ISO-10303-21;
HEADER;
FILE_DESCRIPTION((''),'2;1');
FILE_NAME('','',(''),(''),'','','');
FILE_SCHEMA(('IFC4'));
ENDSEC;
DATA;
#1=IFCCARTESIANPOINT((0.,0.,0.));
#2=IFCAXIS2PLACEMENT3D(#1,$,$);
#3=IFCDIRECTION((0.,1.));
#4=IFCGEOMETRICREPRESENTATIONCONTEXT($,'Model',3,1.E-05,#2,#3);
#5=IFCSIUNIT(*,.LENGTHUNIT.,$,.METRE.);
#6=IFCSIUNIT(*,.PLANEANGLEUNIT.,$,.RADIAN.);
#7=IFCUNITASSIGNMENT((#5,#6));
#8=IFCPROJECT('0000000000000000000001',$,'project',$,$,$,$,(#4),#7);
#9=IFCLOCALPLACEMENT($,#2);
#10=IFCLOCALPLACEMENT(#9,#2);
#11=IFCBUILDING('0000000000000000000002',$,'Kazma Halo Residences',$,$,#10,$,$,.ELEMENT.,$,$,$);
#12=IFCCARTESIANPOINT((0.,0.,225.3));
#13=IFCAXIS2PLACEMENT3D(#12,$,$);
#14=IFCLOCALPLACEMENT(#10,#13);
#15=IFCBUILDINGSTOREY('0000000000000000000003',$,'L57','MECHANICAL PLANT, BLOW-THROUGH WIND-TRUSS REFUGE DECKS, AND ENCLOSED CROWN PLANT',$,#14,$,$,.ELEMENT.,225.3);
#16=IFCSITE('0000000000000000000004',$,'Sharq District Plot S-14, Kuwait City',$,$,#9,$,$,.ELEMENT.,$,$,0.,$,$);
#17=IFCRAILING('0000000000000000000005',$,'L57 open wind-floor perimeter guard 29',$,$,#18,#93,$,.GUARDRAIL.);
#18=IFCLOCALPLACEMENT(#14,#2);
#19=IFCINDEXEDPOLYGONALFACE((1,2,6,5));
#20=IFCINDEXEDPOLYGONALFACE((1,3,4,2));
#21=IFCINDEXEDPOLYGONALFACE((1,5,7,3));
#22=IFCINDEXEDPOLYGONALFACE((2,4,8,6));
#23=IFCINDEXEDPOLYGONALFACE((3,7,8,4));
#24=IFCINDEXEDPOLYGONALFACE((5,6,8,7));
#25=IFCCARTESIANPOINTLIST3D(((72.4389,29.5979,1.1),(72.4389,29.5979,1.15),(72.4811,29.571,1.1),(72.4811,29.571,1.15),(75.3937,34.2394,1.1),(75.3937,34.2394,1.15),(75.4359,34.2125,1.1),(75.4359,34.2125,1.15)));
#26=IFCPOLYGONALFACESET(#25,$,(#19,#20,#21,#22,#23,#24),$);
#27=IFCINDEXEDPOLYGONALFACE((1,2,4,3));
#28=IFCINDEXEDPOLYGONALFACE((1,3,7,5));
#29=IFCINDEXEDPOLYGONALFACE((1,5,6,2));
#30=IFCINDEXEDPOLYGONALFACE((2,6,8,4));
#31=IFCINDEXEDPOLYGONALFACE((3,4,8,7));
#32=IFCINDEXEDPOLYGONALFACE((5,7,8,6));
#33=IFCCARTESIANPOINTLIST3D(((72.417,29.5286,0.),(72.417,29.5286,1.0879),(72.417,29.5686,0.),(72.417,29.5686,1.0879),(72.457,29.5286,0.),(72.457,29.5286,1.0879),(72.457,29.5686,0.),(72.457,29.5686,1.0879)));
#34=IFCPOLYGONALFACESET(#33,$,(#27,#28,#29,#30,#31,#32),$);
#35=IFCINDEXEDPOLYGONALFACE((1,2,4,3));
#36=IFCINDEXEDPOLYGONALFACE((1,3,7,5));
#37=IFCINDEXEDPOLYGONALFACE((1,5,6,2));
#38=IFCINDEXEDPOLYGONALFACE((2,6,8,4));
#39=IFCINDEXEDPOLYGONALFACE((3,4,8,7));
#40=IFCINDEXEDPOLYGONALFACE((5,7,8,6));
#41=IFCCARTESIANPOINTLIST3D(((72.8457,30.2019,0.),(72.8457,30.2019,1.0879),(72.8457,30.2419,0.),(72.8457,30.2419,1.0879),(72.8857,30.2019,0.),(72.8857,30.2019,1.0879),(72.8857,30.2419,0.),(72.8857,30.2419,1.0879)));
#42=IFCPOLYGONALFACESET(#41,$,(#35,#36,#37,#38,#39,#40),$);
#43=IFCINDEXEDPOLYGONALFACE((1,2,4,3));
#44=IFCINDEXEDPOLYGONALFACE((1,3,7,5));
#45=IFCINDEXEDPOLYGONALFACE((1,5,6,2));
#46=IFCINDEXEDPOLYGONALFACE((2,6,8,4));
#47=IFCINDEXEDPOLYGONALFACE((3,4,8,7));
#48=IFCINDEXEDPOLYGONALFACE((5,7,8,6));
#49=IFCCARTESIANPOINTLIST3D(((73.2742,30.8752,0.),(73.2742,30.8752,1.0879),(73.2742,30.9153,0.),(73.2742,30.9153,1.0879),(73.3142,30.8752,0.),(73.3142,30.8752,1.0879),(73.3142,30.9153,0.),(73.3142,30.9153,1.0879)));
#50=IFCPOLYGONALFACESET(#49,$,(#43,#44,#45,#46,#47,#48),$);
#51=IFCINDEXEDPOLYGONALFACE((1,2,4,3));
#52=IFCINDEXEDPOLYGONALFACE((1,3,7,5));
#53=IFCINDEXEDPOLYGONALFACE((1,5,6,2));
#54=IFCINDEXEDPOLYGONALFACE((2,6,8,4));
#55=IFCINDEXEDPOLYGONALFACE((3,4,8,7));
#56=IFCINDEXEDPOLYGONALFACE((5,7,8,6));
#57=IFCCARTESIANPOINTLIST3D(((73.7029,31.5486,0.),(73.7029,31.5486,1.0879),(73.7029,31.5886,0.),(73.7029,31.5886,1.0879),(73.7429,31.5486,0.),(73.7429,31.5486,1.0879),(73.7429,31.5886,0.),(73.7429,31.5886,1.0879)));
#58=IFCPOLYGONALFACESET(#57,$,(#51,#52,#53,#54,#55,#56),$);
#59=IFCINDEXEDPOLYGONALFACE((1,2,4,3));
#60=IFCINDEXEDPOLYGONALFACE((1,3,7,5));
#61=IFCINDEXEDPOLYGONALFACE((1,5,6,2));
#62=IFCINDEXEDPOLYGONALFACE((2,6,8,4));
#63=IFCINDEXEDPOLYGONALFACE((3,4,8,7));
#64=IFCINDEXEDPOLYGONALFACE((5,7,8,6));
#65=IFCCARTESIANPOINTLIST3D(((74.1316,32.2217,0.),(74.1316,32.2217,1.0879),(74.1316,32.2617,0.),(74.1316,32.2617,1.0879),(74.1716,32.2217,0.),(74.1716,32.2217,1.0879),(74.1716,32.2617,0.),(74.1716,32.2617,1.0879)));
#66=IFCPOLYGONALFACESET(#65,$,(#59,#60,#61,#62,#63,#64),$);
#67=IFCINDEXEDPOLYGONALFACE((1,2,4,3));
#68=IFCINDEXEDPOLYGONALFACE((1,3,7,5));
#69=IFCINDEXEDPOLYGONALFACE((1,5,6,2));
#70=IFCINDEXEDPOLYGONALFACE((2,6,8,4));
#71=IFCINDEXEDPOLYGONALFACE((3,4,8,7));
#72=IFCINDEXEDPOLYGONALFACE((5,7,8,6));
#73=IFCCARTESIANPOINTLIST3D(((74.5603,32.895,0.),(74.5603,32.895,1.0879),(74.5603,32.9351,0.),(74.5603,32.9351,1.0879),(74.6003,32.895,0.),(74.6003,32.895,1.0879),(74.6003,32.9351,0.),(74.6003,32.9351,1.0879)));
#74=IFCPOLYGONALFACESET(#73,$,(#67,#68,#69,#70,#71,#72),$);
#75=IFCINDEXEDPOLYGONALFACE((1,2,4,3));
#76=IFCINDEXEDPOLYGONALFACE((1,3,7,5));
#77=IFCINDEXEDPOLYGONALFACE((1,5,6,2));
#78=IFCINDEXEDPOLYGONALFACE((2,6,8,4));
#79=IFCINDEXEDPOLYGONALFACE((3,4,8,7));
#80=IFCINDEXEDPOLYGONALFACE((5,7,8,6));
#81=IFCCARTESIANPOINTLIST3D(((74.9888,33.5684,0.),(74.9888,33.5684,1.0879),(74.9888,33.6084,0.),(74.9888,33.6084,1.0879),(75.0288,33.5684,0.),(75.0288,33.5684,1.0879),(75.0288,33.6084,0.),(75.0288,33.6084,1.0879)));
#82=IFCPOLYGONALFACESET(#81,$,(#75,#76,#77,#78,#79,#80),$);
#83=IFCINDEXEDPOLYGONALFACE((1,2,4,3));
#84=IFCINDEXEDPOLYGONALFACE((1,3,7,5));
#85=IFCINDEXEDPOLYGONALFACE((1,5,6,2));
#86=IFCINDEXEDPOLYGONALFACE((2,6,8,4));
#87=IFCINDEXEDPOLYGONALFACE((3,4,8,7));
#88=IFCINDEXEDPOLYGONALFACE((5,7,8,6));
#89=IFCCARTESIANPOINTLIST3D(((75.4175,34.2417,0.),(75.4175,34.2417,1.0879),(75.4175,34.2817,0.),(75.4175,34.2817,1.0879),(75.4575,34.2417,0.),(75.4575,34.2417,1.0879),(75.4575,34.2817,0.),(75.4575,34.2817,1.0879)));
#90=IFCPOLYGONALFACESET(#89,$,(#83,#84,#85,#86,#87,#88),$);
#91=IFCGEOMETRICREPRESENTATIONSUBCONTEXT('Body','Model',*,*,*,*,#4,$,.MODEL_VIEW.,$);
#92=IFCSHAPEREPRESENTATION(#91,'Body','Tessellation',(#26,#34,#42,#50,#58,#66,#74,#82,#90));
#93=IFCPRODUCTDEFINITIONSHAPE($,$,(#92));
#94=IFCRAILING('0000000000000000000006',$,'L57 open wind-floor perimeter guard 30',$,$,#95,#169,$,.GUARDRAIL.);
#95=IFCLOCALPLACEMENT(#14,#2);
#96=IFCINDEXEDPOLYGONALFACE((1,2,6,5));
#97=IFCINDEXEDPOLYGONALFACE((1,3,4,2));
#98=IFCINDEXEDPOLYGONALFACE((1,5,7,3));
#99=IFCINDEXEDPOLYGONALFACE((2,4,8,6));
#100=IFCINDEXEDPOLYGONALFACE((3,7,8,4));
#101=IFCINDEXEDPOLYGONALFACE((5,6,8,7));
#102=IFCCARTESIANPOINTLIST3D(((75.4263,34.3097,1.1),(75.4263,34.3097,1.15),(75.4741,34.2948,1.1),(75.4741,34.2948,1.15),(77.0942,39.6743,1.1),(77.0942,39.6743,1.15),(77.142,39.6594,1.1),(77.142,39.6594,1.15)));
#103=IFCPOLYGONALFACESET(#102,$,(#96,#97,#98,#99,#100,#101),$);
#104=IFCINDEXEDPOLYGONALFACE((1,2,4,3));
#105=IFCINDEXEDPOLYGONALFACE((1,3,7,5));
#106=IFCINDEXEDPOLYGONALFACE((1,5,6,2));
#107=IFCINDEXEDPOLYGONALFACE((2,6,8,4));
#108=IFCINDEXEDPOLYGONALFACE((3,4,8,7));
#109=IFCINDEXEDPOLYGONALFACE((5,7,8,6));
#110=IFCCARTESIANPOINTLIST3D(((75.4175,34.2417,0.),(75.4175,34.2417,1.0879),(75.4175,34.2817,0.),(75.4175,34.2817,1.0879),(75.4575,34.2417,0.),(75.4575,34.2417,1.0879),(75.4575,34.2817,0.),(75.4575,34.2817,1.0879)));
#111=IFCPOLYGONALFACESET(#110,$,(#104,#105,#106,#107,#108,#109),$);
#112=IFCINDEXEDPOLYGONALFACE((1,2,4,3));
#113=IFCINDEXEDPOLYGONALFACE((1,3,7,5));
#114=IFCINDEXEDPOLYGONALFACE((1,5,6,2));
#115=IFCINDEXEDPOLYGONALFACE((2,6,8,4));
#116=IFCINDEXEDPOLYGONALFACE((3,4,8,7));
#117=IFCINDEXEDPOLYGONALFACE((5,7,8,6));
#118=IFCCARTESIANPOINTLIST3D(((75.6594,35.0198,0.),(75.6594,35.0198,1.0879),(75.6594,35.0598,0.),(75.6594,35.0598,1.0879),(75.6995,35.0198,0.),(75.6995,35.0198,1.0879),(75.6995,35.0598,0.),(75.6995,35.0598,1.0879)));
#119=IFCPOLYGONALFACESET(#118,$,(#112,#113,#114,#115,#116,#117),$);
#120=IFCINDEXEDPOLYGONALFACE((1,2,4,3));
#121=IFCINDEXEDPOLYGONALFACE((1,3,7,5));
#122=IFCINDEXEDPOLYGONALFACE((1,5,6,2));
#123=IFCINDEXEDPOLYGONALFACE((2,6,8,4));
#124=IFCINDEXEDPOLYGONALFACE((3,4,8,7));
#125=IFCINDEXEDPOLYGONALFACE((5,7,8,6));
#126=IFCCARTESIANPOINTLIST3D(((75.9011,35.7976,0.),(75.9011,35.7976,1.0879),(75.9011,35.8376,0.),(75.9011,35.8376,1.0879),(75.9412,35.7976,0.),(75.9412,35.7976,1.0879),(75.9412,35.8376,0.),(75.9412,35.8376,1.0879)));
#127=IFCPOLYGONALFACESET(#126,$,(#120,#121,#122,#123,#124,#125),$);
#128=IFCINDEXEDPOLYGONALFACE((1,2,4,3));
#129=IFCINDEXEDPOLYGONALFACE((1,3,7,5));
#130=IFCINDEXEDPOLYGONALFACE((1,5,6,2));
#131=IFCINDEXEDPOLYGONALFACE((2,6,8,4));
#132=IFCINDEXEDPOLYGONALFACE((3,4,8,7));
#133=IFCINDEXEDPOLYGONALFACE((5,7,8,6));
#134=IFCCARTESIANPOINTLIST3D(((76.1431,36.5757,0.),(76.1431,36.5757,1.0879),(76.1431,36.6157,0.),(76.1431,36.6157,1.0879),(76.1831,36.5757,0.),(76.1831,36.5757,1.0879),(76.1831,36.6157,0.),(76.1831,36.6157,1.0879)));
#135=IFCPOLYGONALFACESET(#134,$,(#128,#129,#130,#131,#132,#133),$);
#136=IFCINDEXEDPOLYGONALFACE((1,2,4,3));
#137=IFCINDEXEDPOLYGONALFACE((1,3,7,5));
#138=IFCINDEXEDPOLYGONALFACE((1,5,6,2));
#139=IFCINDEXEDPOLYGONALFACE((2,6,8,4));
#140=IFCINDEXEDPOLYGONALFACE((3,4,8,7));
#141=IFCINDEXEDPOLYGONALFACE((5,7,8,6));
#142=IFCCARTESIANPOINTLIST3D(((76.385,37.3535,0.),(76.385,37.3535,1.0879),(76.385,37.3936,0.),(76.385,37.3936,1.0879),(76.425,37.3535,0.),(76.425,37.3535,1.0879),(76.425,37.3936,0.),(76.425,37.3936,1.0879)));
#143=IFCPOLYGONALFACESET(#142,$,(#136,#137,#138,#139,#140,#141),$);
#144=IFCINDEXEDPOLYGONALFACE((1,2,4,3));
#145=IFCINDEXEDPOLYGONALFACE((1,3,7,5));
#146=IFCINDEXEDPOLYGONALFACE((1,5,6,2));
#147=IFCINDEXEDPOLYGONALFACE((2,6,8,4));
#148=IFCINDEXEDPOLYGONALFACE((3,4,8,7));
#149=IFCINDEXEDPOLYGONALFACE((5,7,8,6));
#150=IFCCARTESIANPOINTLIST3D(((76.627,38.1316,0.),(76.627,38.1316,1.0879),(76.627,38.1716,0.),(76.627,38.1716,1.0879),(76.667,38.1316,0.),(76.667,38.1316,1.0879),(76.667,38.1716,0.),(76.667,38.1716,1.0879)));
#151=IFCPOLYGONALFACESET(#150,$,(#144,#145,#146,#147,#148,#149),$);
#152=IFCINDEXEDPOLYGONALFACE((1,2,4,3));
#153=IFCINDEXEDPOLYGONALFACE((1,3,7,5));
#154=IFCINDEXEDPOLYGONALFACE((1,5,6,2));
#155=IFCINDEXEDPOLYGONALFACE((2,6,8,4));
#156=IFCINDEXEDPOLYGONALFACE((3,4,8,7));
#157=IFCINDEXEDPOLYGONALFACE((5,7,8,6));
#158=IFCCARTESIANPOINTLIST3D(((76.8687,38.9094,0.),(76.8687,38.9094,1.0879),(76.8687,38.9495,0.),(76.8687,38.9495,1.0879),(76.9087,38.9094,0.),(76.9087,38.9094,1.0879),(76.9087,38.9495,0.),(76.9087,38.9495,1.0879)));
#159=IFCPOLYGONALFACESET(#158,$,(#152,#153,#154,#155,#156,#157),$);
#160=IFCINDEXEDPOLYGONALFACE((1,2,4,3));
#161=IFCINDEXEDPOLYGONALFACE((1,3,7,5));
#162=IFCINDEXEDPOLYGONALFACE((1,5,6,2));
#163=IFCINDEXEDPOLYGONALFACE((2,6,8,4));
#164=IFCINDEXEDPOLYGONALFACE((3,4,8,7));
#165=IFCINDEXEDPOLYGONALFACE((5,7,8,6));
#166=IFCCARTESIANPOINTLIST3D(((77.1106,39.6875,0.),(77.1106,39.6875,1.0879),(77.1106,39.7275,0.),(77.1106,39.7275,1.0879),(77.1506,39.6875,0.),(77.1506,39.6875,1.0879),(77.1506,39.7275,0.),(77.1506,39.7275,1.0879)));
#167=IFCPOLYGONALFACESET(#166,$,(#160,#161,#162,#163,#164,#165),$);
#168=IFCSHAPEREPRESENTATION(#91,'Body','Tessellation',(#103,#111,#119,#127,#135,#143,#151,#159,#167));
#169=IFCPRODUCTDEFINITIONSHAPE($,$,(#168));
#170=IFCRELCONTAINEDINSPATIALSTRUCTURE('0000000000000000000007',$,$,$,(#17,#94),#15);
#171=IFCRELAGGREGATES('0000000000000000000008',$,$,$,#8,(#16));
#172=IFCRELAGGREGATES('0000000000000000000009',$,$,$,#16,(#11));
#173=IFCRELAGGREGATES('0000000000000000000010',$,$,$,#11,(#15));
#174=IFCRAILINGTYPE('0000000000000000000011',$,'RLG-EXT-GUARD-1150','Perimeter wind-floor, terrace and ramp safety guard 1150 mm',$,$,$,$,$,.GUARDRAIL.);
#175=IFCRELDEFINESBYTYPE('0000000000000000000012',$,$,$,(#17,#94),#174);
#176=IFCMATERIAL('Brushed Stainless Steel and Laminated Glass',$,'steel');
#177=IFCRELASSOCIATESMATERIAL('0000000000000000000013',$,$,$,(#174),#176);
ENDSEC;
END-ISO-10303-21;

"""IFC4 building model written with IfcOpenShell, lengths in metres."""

from ifc_helpers import new_model, si_unit, direction, frame, origin, origin_2d, place, context, subcontext, project, spatial, rectangle, extrude, material, type_object, element, save


model = new_model("IFC4")

# Units and contexts
model_context = context("Model", 3, precision=1e-05, world=origin(), true_north=direction((0.0, 1.0)))
body_context = subcontext(model_context, "Body", "Model", "MODEL_VIEW")
ifc_project = project(units=[si_unit("LENGTHUNIT", "METRE"), si_unit("PLANEANGLEUNIT", "RADIAN")], contexts=[model_context])

# Site, building, storey
site_placement = place(None, origin())
site = spatial("IfcSite", under=ifc_project, at=site_placement, Name="Sharq District Plot S-14, Kuwait City", CompositionType="ELEMENT", RefElevation=0.0)
building_placement = place(site_placement, origin())
building = spatial("IfcBuilding", under=site, at=building_placement, Name="Kazma Halo Residences", CompositionType="ELEMENT")
storey_placement = place(building_placement, frame((0.0, 0.0, 225.3)))
storey = spatial("IfcBuildingStorey", under=building, at=storey_placement, Name="L57", Description="MECHANICAL PLANT, BLOW-THROUGH WIND-TRUSS REFUGE DECKS, AND ENCLOSED CROWN PLANT", CompositionType="ELEMENT", Elevation=225.3)

# Railings
ifc_material_1 = material(Name="Brushed Stainless Steel and Laminated Glass", Category="steel")
railing_type = type_object("IfcRailingType", Name="RLG-EXT-GUARD-1150", Description="Perimeter wind-floor, terrace and ramp safety guard 1150 mm", PredefinedType="GUARDRAIL", material=ifc_material_1)
railing_1_placement = place(storey_placement, frame((72.437, 29.5486, 0.0)))
element("IfcRailing", 1, at=railing_1_placement, inside=storey, type_object=railing_type, Name="L57 open wind-floor perimeter guard 29", PredefinedType="GUARDRAIL", context=body_context, shape_type="SweptSolid", body=[
    extrude(rectangle(XDim=0.05, YDim=0.05, at=origin_2d()), frame((0.0229, 0.0359, 1.125), z_axis=(0.537031, 0.843563, 0.0), x_axis=(-0.843563, 0.537031, 0.0)), (0.0, 0.0, 1.0), 5.5022),
    extrude(rectangle(XDim=0.04, YDim=0.04, at=origin_2d()), origin(), (0.0, 0.0, 1.0), 1.0879),
    extrude(rectangle(XDim=0.04, YDim=0.04, at=origin_2d()), frame((0.4287, 0.6733, 0.0)), (0.0, 0.0, 1.0), 1.0879),
    extrude(rectangle(XDim=0.04, YDim=0.04, at=origin_2d()), frame((0.8572, 1.3467, 0.0)), (0.0, 0.0, 1.0), 1.0879),
    extrude(rectangle(XDim=0.04, YDim=0.04, at=origin_2d()), frame((1.2859, 2.02, 0.0)), (0.0, 0.0, 1.0), 1.0879),
    extrude(rectangle(XDim=0.04, YDim=0.04, at=origin_2d()), frame((1.7146, 2.6931, 0.0)), (0.0, 0.0, 1.0), 1.0879),
    extrude(rectangle(XDim=0.04, YDim=0.04, at=origin_2d()), frame((2.1433, 3.3665, 0.0)), (0.0, 0.0, 1.0), 1.0879),
    extrude(rectangle(XDim=0.04, YDim=0.04, at=origin_2d()), frame((2.5718, 4.0398, 0.0)), (0.0, 0.0, 1.0), 1.0879),
    extrude(rectangle(XDim=0.04, YDim=0.04, at=origin_2d()), frame((3.0005, 4.7131, 0.0)), (0.0, 0.0, 1.0), 1.0879),
])
railing_2_placement = place(storey_placement, frame((75.4375, 34.2617, 0.0)))
element("IfcRailing", 2, at=railing_2_placement, inside=storey, type_object=railing_type, Name="L57 open wind-floor perimeter guard 30", PredefinedType="GUARDRAIL", context=body_context, shape_type="SweptSolid", body=[
    extrude(rectangle(XDim=0.05, YDim=0.05, at=origin_2d()), frame((0.0127, 0.0405, 1.125), z_axis=(0.296885, 0.954913, 0.0), x_axis=(-0.954913, 0.296885, 0.0)), (0.0, 0.0, 1.0), 5.6179),
    extrude(rectangle(XDim=0.04, YDim=0.04, at=origin_2d()), origin(), (0.0, 0.0, 1.0), 1.0879),
    extrude(rectangle(XDim=0.04, YDim=0.04, at=origin_2d()), frame((0.2419, 0.7781, 0.0)), (0.0, 0.0, 1.0), 1.0879),
    extrude(rectangle(XDim=0.04, YDim=0.04, at=origin_2d()), frame((0.4836, 1.5559, 0.0)), (0.0, 0.0, 1.0), 1.0879),
    extrude(rectangle(XDim=0.04, YDim=0.04, at=origin_2d()), frame((0.7256, 2.334, 0.0)), (0.0, 0.0, 1.0), 1.0879),
    extrude(rectangle(XDim=0.04, YDim=0.04, at=origin_2d()), frame((0.9675, 3.1118, 0.0)), (0.0, 0.0, 1.0), 1.0879),
    extrude(rectangle(XDim=0.04, YDim=0.04, at=origin_2d()), frame((1.2095, 3.8899, 0.0)), (0.0, 0.0, 1.0), 1.0879),
    extrude(rectangle(XDim=0.04, YDim=0.04, at=origin_2d()), frame((1.4512, 4.6677, 0.0)), (0.0, 0.0, 1.0), 1.0879),
    extrude(rectangle(XDim=0.04, YDim=0.04, at=origin_2d()), frame((1.6931, 5.4458, 0.0)), (0.0, 0.0, 1.0), 1.0879),
])

save(model, "model.ifc")
